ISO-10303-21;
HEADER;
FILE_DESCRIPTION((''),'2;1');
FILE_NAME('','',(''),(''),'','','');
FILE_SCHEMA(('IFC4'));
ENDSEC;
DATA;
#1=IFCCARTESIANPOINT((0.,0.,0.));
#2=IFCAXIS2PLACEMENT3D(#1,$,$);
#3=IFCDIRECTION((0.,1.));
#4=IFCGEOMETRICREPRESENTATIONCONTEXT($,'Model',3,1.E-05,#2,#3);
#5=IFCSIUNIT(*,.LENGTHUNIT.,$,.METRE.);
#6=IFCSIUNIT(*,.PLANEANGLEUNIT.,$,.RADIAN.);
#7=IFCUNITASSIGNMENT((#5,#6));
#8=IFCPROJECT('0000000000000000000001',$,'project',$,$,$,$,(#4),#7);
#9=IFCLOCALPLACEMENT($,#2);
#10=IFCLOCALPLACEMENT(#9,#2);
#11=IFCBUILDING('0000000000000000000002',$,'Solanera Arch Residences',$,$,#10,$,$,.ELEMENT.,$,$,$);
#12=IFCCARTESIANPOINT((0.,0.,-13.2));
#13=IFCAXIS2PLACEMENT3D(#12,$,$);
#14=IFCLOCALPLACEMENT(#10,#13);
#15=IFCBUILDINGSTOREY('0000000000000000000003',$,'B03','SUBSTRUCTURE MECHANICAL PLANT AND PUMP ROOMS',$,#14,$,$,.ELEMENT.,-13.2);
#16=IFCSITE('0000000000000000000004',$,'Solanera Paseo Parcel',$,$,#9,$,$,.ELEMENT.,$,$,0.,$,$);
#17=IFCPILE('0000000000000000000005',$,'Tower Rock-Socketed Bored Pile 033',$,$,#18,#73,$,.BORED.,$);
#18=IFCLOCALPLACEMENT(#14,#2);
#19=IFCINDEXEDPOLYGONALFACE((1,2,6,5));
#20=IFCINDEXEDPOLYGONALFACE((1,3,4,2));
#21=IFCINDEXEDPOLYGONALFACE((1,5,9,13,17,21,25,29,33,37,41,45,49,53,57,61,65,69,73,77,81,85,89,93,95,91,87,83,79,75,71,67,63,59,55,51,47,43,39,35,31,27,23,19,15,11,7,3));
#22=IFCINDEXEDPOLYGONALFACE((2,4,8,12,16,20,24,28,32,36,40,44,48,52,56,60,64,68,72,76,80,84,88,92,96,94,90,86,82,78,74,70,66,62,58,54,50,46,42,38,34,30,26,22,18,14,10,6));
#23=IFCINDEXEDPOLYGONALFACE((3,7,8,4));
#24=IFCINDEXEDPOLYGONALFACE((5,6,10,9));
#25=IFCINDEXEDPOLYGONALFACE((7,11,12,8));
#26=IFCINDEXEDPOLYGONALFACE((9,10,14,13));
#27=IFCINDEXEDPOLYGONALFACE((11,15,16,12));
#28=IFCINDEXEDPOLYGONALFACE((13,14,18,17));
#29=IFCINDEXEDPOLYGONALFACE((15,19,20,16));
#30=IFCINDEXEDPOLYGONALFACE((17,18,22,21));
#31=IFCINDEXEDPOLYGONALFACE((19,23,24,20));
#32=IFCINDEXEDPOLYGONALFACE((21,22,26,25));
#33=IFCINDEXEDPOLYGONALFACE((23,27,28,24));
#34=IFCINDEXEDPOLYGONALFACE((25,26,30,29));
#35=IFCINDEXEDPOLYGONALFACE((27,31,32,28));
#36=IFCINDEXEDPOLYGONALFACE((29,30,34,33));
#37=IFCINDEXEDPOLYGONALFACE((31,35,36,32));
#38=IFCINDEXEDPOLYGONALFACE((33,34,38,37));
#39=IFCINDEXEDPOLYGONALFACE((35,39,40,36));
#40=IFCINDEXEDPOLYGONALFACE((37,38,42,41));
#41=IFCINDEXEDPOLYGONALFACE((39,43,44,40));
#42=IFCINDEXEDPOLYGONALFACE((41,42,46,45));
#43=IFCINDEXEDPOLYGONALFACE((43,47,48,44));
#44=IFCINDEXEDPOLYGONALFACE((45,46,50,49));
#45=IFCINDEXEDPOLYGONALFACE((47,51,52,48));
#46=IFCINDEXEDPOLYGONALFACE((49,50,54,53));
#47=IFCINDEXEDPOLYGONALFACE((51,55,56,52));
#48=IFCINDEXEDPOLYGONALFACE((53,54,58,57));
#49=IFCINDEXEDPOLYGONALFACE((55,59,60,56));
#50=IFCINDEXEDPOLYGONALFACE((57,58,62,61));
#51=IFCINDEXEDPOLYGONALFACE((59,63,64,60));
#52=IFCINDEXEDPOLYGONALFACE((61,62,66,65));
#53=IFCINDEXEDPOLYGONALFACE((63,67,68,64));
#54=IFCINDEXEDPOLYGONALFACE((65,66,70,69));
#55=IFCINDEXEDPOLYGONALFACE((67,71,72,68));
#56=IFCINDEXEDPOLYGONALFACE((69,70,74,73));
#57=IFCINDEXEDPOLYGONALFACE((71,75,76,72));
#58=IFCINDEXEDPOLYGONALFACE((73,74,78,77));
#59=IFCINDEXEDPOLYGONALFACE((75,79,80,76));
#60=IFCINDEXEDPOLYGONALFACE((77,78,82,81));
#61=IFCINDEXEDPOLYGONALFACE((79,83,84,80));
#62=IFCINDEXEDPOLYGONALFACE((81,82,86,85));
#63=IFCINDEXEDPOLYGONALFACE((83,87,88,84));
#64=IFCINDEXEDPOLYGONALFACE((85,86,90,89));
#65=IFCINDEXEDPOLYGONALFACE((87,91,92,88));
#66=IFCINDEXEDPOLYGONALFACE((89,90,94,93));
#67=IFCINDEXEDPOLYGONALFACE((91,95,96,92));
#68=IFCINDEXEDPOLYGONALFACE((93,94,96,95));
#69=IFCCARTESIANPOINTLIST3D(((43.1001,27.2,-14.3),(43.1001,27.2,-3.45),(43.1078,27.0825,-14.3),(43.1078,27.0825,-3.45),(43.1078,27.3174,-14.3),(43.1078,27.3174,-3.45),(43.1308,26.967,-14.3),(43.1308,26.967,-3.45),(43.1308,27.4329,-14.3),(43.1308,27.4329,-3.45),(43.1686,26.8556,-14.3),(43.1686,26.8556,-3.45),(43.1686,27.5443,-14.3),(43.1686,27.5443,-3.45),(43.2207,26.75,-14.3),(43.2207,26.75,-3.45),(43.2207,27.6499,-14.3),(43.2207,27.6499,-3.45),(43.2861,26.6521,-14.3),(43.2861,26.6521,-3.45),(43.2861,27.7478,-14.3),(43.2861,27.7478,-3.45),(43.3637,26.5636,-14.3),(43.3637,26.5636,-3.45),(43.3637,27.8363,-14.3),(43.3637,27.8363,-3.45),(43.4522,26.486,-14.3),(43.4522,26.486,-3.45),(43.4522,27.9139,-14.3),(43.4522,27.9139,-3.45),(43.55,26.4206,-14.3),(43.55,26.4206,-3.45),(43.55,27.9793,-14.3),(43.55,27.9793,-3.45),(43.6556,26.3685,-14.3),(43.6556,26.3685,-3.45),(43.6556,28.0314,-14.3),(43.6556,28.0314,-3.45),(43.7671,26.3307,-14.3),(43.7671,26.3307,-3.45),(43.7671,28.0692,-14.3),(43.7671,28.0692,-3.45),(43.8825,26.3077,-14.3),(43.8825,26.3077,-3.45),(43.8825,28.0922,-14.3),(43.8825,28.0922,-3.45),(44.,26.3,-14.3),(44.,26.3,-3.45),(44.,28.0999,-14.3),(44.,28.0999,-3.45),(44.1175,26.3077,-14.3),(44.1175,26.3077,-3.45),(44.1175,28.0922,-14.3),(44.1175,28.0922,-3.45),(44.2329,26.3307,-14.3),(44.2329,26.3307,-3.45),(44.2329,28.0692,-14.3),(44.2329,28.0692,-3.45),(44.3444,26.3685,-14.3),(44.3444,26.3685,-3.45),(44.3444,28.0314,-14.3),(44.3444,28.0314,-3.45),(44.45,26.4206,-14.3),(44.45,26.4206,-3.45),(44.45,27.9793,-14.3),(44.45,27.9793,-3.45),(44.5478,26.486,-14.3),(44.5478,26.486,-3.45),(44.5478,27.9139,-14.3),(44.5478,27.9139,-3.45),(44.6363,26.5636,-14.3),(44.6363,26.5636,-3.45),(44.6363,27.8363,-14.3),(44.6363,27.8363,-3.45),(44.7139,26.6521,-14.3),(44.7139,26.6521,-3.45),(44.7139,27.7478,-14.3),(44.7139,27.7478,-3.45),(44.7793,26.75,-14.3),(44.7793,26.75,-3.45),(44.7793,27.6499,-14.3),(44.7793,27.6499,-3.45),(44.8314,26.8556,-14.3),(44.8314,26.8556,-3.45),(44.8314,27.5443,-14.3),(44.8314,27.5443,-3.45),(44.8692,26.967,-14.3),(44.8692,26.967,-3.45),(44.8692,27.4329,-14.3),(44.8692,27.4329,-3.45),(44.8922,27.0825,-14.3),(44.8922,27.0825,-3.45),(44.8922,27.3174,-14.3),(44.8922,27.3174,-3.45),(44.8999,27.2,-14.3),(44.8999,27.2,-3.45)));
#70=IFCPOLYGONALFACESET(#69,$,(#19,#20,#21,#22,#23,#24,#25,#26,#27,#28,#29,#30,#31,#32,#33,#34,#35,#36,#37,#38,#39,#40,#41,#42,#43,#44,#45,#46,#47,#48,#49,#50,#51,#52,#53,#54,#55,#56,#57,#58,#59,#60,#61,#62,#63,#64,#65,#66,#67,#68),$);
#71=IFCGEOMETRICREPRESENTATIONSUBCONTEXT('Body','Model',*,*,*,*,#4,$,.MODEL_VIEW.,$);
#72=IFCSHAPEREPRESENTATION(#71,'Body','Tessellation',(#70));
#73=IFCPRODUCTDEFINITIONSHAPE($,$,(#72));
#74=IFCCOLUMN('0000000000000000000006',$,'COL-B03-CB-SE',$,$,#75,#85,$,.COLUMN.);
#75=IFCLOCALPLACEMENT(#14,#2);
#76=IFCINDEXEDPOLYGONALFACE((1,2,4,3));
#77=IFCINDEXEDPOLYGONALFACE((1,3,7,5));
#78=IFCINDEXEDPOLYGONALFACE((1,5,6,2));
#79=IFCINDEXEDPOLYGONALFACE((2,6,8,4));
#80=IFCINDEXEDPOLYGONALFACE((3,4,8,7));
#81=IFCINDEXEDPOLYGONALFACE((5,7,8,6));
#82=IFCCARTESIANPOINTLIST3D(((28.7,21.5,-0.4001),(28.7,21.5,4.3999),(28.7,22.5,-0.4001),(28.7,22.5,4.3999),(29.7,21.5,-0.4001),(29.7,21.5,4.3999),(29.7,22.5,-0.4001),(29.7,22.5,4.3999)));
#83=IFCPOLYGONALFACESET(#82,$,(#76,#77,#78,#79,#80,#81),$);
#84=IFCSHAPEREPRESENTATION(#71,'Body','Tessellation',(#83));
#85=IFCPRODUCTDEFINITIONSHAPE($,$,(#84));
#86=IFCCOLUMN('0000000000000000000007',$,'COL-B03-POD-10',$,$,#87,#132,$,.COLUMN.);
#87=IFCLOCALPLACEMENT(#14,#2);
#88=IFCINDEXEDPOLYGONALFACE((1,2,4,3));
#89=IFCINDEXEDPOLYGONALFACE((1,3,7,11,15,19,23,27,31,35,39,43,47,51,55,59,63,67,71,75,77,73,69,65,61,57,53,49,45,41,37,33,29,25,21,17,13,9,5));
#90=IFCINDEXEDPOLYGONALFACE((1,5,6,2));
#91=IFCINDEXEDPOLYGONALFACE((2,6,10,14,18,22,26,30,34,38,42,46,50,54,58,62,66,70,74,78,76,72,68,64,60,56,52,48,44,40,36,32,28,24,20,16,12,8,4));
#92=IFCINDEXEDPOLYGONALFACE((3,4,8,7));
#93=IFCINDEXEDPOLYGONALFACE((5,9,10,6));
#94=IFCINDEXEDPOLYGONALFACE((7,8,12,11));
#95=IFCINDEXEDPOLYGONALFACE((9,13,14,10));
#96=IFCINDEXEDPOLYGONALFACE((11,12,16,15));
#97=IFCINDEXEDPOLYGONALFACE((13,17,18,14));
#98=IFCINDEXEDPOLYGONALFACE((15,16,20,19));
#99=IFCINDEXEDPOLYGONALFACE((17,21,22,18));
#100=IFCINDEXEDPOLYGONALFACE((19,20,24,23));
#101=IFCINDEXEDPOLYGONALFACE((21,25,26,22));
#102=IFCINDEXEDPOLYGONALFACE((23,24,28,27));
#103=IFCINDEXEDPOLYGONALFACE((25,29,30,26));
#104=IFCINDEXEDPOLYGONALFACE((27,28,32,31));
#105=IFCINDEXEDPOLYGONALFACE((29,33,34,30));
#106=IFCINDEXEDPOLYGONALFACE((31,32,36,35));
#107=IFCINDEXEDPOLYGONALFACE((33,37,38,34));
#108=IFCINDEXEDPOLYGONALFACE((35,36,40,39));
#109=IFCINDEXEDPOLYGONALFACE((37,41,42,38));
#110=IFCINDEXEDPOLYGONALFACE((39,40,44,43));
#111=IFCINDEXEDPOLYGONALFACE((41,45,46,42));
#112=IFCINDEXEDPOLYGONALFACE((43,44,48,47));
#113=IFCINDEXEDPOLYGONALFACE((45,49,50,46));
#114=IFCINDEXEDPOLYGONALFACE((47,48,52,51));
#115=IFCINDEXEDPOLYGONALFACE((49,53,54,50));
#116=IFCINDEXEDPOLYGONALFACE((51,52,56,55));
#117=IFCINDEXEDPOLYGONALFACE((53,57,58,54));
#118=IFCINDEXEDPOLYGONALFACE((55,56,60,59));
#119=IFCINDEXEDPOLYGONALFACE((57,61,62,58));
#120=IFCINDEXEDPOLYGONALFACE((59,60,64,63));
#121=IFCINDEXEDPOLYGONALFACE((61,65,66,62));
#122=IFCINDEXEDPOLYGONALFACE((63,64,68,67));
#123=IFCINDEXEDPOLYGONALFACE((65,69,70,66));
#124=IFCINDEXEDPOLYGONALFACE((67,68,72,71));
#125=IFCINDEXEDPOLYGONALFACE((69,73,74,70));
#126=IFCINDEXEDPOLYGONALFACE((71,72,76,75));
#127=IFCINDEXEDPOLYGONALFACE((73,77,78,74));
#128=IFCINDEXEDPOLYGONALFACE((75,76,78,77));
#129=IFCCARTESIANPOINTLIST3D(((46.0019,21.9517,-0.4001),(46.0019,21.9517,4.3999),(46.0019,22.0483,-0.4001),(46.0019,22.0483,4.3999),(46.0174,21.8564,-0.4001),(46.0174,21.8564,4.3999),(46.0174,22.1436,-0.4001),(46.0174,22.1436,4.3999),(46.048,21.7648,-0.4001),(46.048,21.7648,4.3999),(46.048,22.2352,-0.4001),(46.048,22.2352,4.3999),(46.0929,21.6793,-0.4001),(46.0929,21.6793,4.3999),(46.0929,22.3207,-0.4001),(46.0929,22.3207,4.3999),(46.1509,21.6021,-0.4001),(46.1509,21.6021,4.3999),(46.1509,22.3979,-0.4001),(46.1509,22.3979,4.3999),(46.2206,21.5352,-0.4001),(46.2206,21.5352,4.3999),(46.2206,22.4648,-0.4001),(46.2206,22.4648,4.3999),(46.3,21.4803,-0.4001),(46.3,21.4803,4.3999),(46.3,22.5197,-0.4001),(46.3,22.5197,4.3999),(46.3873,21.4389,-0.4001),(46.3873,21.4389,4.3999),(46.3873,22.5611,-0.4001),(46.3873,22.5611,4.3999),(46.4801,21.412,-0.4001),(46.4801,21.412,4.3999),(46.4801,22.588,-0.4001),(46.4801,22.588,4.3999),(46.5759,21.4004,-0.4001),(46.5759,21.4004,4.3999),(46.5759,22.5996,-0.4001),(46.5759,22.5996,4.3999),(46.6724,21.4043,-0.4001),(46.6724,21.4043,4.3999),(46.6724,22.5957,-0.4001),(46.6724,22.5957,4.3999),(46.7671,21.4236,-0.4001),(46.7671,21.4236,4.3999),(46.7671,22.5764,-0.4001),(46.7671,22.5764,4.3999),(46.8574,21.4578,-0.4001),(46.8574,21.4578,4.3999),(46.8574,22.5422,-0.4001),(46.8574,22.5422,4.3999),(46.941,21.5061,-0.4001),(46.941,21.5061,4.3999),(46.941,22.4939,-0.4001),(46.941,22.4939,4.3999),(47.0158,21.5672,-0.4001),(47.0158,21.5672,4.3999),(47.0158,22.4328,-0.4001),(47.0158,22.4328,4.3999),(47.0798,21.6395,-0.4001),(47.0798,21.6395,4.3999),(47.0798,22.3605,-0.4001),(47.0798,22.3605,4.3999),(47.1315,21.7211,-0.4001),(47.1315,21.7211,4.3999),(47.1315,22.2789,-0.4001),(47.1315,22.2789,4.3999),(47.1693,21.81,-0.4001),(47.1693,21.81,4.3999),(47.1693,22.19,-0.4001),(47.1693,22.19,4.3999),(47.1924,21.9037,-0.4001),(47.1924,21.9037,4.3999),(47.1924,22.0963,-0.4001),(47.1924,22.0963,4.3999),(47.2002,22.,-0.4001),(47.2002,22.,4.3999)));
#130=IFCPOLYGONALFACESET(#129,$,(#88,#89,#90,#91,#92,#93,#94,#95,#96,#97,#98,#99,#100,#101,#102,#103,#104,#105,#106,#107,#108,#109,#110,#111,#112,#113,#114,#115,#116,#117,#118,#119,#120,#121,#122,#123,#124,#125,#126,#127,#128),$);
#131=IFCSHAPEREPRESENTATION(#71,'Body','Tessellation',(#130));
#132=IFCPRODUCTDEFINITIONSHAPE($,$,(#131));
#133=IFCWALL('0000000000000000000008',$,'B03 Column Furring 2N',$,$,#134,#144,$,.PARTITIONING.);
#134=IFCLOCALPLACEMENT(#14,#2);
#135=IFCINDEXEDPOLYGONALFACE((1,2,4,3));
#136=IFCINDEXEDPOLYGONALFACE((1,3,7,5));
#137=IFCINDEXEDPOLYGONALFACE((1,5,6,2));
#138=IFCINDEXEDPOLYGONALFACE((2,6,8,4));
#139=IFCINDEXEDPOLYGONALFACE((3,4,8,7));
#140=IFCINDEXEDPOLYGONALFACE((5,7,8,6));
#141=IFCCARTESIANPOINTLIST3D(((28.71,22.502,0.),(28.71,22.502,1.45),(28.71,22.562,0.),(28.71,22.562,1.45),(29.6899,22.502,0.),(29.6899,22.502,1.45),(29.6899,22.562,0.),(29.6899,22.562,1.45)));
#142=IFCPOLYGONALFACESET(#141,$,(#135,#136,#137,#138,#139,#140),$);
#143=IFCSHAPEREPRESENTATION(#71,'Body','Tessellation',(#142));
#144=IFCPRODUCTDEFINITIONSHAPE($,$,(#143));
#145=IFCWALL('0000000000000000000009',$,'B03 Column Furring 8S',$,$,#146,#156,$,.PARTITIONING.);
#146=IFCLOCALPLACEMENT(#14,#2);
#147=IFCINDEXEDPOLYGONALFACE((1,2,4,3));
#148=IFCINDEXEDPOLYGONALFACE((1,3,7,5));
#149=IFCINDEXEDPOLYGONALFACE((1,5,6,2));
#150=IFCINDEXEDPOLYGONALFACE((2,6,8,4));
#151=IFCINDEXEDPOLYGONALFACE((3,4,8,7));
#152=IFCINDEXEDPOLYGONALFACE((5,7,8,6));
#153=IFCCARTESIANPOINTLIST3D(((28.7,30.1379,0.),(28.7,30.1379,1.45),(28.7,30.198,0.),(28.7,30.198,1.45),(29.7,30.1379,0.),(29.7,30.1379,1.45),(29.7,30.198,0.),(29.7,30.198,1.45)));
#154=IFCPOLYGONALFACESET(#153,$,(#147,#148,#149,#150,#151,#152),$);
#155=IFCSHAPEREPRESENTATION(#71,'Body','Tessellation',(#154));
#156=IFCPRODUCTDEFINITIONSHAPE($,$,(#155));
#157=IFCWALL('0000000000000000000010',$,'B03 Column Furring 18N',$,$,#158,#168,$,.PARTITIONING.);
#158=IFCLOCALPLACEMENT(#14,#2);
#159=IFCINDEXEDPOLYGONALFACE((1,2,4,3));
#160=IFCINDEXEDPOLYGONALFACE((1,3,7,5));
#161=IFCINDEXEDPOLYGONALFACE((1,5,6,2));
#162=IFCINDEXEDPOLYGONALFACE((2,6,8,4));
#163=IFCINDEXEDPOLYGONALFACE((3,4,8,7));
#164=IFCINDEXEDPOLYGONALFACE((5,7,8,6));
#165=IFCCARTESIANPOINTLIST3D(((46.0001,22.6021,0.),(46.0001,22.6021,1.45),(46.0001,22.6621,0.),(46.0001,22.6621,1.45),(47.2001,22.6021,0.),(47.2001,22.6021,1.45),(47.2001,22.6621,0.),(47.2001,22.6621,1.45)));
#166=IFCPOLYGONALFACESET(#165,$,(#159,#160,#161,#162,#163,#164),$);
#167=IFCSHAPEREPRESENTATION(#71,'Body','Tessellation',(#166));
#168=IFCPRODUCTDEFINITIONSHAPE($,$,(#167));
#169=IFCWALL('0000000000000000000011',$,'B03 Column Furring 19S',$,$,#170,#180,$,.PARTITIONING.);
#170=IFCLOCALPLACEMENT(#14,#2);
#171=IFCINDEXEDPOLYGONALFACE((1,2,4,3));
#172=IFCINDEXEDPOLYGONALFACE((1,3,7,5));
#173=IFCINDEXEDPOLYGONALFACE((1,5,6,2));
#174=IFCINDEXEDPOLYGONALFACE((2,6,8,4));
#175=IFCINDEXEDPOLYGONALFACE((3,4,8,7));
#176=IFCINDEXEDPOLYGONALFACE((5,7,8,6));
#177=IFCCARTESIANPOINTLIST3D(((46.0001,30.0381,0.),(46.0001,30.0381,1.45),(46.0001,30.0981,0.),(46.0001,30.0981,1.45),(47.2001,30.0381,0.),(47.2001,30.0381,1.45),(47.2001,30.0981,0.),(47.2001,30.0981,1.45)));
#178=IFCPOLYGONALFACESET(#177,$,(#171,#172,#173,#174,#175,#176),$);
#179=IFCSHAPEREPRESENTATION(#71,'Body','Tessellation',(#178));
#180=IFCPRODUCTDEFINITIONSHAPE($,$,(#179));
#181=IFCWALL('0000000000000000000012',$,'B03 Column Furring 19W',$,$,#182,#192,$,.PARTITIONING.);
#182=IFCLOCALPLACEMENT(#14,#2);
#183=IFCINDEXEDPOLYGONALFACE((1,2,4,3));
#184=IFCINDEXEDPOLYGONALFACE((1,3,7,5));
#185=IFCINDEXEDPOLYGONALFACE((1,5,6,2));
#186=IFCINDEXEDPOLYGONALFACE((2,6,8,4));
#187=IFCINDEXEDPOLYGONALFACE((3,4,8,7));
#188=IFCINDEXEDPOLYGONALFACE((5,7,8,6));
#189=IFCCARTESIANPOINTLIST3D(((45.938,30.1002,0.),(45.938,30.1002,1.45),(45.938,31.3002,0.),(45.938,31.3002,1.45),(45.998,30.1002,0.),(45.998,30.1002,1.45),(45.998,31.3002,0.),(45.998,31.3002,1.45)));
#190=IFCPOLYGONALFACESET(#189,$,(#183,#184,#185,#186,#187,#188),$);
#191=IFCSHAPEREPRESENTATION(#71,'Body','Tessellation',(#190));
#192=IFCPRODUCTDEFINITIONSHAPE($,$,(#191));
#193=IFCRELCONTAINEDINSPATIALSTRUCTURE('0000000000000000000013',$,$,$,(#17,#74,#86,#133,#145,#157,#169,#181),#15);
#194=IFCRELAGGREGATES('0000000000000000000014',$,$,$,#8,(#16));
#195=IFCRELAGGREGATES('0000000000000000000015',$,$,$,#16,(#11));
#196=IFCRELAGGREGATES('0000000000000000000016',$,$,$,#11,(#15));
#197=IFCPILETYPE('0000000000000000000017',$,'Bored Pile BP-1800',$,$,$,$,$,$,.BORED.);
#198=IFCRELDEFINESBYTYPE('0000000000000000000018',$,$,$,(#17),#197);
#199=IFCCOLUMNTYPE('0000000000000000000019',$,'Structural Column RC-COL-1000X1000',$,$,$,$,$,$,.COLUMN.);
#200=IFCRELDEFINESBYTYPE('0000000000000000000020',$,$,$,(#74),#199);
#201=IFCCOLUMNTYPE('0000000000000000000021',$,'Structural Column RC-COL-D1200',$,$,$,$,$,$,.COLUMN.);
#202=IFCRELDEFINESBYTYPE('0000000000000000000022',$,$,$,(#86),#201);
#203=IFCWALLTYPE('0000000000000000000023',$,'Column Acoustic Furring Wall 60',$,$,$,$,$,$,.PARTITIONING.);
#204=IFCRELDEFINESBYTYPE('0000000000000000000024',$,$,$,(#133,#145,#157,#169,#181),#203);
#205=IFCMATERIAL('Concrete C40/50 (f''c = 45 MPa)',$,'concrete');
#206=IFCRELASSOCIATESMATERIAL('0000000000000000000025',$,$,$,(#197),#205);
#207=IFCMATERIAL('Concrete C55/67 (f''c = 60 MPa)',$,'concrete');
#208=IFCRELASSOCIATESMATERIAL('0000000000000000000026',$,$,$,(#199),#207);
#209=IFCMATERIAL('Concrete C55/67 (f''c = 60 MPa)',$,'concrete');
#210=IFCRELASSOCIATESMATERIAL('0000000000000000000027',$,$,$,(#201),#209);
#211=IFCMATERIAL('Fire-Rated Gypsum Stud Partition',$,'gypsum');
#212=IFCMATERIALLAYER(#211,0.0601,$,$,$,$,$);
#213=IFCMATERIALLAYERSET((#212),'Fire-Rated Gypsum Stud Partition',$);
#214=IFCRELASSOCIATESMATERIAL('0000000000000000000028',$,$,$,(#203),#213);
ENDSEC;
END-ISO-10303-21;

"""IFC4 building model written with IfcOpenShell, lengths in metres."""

from ifc_helpers import new_model, si_unit, direction, frame, frame_2d, origin, origin_2d, place, context, subcontext, project, spatial, rectangle, circle, extrude, material, layer, layer_set, material_profile, profile_set, type_object, element, save


model = new_model("IFC4")

# Units and contexts
model_context = context("Model", 3, precision=1e-05, world=origin(), true_north=direction((0.0, 1.0)))
body_context = subcontext(model_context, "Body", "Model", "MODEL_VIEW")
ifc_project = project(units=[si_unit("LENGTHUNIT", "METRE"), si_unit("PLANEANGLEUNIT", "RADIAN")], contexts=[model_context])

# Site, building, storey
site_placement = place(None, origin())
site = spatial("IfcSite", under=ifc_project, at=site_placement, Name="Solanera Paseo Parcel", CompositionType="ELEMENT", RefElevation=0.0)
building_placement = place(site_placement, origin())
building = spatial("IfcBuilding", under=site, at=building_placement, Name="Solanera Arch Residences", CompositionType="ELEMENT")
storey_placement = place(building_placement, frame((0.0, 0.0, -13.2)))
storey = spatial("IfcBuildingStorey", under=building, at=storey_placement, Name="B03", Description="SUBSTRUCTURE MECHANICAL PLANT AND PUMP ROOMS", CompositionType="ELEMENT", Elevation=-13.2)

# Pile
ifc_material_1 = material(Name="Concrete C40/50 (f'c = 45 MPa)", Category="concrete")
ifc_material_profile_1 = material_profile(ifc_material_1, circle(Radius=0.8999, at=origin_2d()))
ifc_profile_set_1 = profile_set([ifc_material_profile_1], Name="Concrete C40/50 (f'c = 45 MPa)")
pile_type = type_object("IfcPileType", Name="Bored Pile BP-1800", PredefinedType="BORED", material=ifc_profile_set_1)
for number, where, z_axis, x_axis, name in (
    (1, (44.0, 27.2, -3.45), (0.0, 0.0, -1.0), (1.0, 0.0, 0.0), "Tower Rock-Socketed Bored Pile 033"),
):
    element("IfcPile", number, at=place(storey_placement, frame(where, z_axis=z_axis, x_axis=x_axis)), inside=storey, type_object=pile_type, Name=name, PredefinedType="BORED", context=body_context, shape_type="SweptSolid", body=[
        extrude(circle(Radius=0.8999, at=origin_2d()), origin(), (0.0, 0.0, 1.0), 10.8501),
    ])

# Columns
ifc_material_2 = material(Name="Concrete C55/67 (f'c = 60 MPa)", Category="concrete")
ifc_material_profile_2 = material_profile(ifc_material_2, rectangle(XDim=1.0, YDim=1.0, at=origin_2d()))
ifc_profile_set_2 = profile_set([ifc_material_profile_2], Name="Concrete C55/67 (f'c = 60 MPa)")
column_type_1 = type_object("IfcColumnType", Name="Structural Column RC-COL-1000X1000", PredefinedType="COLUMN", material=ifc_profile_set_2)
column_1_placement = place(storey_placement, frame((29.2, 22.0, -0.4001), z_axis=(0.0, 0.0, 1.0), x_axis=(1.0, 0.0, 0.0)))
element("IfcColumn", 2, at=column_1_placement, inside=storey, type_object=column_type_1, Name="COL-B03-CB-SE", PredefinedType="COLUMN", context=body_context, shape_type="SweptSolid", body=[
    extrude(rectangle(XDim=1.0, YDim=1.0, at=origin_2d()), origin(), (0.0, 0.0, 1.0), 4.8),
])
ifc_material_3 = material(Name="Concrete C55/67 (f'c = 60 MPa)", Category="concrete")
ifc_material_profile_3 = material_profile(ifc_material_3, circle(Radius=0.6001, at=origin_2d()))
ifc_profile_set_3 = profile_set([ifc_material_profile_3], Name="Concrete C55/67 (f'c = 60 MPa)")
column_type_2 = type_object("IfcColumnType", Name="Structural Column RC-COL-D1200", PredefinedType="COLUMN", material=ifc_profile_set_3)
column_2_placement = place(storey_placement, frame((46.6001, 22.0, -0.4001), z_axis=(0.0, 0.0, 1.0), x_axis=(1.0, 0.0, 0.0)))
element("IfcColumn", 3, at=column_2_placement, inside=storey, type_object=column_type_2, Name="COL-B03-POD-10", PredefinedType="COLUMN", context=body_context, shape_type="SweptSolid", body=[
    extrude(circle(Radius=0.6001, at=origin_2d()), origin(), (0.0, 0.0, 1.0), 4.8),
])

# Walls
ifc_material_4 = material(Name="Fire-Rated Gypsum Stud Partition", Category="gypsum")
ifc_layer_1 = layer(ifc_material_4, 0.0601)
ifc_layer_set_1 = layer_set([ifc_layer_1], Name="Fire-Rated Gypsum Stud Partition")
wall_type_1 = type_object("IfcWallType", Name="Column Acoustic Furring Wall 60", PredefinedType="PARTITIONING", material=ifc_layer_set_1)
wall_1_placement = place(storey_placement, frame((28.71, 22.532, 0.0), z_axis=(0.0, 0.0, 1.0), x_axis=(1.0, 0.0, 0.0)))
element("IfcWall", 4, at=wall_1_placement, inside=storey, type_object=wall_type_1, Name="B03 Column Furring 2N", PredefinedType="PARTITIONING", context=body_context, shape_type="SweptSolid", body=[
    extrude(rectangle(XDim=0.98, YDim=0.0601, at=frame_2d((0.49, 0.0))), origin(), (0.0, 0.0, 1.0), 1.45),
])
wall_2_placement = place(storey_placement, frame((28.7, 30.168, 0.0), z_axis=(0.0, 0.0, 1.0), x_axis=(1.0, 0.0, 0.0)))
element("IfcWall", 5, at=wall_2_placement, inside=storey, type_object=wall_type_1, Name="B03 Column Furring 8S", PredefinedType="PARTITIONING", context=body_context, shape_type="SweptSolid", body=[
    extrude(rectangle(XDim=1.0, YDim=0.0601, at=frame_2d((0.5, 0.0))), origin(), (0.0, 0.0, 1.0), 1.45),
])
for number, where, z_axis, x_axis, name in (
    (6, (46.0, 22.6321, 0.0), (0.0, 0.0, 1.0), (1.0, 0.0, 0.0), "B03 Column Furring 18N"),
    (7, (46.0, 30.0681, 0.0), (0.0, 0.0, 1.0), (1.0, 0.0, 0.0), "B03 Column Furring 19S"),
    (8, (45.968, 30.1001, 0.0), (0.0, 0.0, 1.0), (0.0, 1.0, 0.0), "B03 Column Furring 19W"),
):
    element("IfcWall", number, at=place(storey_placement, frame(where, z_axis=z_axis, x_axis=x_axis)), inside=storey, type_object=wall_type_1, Name=name, PredefinedType="PARTITIONING", context=body_context, shape_type="SweptSolid", body=[
        extrude(rectangle(XDim=1.2, YDim=0.0601, at=frame_2d((0.6001, 0.0))), origin(), (0.0, 0.0, 1.0), 1.45),
    ])

save(model, "model.ifc")
